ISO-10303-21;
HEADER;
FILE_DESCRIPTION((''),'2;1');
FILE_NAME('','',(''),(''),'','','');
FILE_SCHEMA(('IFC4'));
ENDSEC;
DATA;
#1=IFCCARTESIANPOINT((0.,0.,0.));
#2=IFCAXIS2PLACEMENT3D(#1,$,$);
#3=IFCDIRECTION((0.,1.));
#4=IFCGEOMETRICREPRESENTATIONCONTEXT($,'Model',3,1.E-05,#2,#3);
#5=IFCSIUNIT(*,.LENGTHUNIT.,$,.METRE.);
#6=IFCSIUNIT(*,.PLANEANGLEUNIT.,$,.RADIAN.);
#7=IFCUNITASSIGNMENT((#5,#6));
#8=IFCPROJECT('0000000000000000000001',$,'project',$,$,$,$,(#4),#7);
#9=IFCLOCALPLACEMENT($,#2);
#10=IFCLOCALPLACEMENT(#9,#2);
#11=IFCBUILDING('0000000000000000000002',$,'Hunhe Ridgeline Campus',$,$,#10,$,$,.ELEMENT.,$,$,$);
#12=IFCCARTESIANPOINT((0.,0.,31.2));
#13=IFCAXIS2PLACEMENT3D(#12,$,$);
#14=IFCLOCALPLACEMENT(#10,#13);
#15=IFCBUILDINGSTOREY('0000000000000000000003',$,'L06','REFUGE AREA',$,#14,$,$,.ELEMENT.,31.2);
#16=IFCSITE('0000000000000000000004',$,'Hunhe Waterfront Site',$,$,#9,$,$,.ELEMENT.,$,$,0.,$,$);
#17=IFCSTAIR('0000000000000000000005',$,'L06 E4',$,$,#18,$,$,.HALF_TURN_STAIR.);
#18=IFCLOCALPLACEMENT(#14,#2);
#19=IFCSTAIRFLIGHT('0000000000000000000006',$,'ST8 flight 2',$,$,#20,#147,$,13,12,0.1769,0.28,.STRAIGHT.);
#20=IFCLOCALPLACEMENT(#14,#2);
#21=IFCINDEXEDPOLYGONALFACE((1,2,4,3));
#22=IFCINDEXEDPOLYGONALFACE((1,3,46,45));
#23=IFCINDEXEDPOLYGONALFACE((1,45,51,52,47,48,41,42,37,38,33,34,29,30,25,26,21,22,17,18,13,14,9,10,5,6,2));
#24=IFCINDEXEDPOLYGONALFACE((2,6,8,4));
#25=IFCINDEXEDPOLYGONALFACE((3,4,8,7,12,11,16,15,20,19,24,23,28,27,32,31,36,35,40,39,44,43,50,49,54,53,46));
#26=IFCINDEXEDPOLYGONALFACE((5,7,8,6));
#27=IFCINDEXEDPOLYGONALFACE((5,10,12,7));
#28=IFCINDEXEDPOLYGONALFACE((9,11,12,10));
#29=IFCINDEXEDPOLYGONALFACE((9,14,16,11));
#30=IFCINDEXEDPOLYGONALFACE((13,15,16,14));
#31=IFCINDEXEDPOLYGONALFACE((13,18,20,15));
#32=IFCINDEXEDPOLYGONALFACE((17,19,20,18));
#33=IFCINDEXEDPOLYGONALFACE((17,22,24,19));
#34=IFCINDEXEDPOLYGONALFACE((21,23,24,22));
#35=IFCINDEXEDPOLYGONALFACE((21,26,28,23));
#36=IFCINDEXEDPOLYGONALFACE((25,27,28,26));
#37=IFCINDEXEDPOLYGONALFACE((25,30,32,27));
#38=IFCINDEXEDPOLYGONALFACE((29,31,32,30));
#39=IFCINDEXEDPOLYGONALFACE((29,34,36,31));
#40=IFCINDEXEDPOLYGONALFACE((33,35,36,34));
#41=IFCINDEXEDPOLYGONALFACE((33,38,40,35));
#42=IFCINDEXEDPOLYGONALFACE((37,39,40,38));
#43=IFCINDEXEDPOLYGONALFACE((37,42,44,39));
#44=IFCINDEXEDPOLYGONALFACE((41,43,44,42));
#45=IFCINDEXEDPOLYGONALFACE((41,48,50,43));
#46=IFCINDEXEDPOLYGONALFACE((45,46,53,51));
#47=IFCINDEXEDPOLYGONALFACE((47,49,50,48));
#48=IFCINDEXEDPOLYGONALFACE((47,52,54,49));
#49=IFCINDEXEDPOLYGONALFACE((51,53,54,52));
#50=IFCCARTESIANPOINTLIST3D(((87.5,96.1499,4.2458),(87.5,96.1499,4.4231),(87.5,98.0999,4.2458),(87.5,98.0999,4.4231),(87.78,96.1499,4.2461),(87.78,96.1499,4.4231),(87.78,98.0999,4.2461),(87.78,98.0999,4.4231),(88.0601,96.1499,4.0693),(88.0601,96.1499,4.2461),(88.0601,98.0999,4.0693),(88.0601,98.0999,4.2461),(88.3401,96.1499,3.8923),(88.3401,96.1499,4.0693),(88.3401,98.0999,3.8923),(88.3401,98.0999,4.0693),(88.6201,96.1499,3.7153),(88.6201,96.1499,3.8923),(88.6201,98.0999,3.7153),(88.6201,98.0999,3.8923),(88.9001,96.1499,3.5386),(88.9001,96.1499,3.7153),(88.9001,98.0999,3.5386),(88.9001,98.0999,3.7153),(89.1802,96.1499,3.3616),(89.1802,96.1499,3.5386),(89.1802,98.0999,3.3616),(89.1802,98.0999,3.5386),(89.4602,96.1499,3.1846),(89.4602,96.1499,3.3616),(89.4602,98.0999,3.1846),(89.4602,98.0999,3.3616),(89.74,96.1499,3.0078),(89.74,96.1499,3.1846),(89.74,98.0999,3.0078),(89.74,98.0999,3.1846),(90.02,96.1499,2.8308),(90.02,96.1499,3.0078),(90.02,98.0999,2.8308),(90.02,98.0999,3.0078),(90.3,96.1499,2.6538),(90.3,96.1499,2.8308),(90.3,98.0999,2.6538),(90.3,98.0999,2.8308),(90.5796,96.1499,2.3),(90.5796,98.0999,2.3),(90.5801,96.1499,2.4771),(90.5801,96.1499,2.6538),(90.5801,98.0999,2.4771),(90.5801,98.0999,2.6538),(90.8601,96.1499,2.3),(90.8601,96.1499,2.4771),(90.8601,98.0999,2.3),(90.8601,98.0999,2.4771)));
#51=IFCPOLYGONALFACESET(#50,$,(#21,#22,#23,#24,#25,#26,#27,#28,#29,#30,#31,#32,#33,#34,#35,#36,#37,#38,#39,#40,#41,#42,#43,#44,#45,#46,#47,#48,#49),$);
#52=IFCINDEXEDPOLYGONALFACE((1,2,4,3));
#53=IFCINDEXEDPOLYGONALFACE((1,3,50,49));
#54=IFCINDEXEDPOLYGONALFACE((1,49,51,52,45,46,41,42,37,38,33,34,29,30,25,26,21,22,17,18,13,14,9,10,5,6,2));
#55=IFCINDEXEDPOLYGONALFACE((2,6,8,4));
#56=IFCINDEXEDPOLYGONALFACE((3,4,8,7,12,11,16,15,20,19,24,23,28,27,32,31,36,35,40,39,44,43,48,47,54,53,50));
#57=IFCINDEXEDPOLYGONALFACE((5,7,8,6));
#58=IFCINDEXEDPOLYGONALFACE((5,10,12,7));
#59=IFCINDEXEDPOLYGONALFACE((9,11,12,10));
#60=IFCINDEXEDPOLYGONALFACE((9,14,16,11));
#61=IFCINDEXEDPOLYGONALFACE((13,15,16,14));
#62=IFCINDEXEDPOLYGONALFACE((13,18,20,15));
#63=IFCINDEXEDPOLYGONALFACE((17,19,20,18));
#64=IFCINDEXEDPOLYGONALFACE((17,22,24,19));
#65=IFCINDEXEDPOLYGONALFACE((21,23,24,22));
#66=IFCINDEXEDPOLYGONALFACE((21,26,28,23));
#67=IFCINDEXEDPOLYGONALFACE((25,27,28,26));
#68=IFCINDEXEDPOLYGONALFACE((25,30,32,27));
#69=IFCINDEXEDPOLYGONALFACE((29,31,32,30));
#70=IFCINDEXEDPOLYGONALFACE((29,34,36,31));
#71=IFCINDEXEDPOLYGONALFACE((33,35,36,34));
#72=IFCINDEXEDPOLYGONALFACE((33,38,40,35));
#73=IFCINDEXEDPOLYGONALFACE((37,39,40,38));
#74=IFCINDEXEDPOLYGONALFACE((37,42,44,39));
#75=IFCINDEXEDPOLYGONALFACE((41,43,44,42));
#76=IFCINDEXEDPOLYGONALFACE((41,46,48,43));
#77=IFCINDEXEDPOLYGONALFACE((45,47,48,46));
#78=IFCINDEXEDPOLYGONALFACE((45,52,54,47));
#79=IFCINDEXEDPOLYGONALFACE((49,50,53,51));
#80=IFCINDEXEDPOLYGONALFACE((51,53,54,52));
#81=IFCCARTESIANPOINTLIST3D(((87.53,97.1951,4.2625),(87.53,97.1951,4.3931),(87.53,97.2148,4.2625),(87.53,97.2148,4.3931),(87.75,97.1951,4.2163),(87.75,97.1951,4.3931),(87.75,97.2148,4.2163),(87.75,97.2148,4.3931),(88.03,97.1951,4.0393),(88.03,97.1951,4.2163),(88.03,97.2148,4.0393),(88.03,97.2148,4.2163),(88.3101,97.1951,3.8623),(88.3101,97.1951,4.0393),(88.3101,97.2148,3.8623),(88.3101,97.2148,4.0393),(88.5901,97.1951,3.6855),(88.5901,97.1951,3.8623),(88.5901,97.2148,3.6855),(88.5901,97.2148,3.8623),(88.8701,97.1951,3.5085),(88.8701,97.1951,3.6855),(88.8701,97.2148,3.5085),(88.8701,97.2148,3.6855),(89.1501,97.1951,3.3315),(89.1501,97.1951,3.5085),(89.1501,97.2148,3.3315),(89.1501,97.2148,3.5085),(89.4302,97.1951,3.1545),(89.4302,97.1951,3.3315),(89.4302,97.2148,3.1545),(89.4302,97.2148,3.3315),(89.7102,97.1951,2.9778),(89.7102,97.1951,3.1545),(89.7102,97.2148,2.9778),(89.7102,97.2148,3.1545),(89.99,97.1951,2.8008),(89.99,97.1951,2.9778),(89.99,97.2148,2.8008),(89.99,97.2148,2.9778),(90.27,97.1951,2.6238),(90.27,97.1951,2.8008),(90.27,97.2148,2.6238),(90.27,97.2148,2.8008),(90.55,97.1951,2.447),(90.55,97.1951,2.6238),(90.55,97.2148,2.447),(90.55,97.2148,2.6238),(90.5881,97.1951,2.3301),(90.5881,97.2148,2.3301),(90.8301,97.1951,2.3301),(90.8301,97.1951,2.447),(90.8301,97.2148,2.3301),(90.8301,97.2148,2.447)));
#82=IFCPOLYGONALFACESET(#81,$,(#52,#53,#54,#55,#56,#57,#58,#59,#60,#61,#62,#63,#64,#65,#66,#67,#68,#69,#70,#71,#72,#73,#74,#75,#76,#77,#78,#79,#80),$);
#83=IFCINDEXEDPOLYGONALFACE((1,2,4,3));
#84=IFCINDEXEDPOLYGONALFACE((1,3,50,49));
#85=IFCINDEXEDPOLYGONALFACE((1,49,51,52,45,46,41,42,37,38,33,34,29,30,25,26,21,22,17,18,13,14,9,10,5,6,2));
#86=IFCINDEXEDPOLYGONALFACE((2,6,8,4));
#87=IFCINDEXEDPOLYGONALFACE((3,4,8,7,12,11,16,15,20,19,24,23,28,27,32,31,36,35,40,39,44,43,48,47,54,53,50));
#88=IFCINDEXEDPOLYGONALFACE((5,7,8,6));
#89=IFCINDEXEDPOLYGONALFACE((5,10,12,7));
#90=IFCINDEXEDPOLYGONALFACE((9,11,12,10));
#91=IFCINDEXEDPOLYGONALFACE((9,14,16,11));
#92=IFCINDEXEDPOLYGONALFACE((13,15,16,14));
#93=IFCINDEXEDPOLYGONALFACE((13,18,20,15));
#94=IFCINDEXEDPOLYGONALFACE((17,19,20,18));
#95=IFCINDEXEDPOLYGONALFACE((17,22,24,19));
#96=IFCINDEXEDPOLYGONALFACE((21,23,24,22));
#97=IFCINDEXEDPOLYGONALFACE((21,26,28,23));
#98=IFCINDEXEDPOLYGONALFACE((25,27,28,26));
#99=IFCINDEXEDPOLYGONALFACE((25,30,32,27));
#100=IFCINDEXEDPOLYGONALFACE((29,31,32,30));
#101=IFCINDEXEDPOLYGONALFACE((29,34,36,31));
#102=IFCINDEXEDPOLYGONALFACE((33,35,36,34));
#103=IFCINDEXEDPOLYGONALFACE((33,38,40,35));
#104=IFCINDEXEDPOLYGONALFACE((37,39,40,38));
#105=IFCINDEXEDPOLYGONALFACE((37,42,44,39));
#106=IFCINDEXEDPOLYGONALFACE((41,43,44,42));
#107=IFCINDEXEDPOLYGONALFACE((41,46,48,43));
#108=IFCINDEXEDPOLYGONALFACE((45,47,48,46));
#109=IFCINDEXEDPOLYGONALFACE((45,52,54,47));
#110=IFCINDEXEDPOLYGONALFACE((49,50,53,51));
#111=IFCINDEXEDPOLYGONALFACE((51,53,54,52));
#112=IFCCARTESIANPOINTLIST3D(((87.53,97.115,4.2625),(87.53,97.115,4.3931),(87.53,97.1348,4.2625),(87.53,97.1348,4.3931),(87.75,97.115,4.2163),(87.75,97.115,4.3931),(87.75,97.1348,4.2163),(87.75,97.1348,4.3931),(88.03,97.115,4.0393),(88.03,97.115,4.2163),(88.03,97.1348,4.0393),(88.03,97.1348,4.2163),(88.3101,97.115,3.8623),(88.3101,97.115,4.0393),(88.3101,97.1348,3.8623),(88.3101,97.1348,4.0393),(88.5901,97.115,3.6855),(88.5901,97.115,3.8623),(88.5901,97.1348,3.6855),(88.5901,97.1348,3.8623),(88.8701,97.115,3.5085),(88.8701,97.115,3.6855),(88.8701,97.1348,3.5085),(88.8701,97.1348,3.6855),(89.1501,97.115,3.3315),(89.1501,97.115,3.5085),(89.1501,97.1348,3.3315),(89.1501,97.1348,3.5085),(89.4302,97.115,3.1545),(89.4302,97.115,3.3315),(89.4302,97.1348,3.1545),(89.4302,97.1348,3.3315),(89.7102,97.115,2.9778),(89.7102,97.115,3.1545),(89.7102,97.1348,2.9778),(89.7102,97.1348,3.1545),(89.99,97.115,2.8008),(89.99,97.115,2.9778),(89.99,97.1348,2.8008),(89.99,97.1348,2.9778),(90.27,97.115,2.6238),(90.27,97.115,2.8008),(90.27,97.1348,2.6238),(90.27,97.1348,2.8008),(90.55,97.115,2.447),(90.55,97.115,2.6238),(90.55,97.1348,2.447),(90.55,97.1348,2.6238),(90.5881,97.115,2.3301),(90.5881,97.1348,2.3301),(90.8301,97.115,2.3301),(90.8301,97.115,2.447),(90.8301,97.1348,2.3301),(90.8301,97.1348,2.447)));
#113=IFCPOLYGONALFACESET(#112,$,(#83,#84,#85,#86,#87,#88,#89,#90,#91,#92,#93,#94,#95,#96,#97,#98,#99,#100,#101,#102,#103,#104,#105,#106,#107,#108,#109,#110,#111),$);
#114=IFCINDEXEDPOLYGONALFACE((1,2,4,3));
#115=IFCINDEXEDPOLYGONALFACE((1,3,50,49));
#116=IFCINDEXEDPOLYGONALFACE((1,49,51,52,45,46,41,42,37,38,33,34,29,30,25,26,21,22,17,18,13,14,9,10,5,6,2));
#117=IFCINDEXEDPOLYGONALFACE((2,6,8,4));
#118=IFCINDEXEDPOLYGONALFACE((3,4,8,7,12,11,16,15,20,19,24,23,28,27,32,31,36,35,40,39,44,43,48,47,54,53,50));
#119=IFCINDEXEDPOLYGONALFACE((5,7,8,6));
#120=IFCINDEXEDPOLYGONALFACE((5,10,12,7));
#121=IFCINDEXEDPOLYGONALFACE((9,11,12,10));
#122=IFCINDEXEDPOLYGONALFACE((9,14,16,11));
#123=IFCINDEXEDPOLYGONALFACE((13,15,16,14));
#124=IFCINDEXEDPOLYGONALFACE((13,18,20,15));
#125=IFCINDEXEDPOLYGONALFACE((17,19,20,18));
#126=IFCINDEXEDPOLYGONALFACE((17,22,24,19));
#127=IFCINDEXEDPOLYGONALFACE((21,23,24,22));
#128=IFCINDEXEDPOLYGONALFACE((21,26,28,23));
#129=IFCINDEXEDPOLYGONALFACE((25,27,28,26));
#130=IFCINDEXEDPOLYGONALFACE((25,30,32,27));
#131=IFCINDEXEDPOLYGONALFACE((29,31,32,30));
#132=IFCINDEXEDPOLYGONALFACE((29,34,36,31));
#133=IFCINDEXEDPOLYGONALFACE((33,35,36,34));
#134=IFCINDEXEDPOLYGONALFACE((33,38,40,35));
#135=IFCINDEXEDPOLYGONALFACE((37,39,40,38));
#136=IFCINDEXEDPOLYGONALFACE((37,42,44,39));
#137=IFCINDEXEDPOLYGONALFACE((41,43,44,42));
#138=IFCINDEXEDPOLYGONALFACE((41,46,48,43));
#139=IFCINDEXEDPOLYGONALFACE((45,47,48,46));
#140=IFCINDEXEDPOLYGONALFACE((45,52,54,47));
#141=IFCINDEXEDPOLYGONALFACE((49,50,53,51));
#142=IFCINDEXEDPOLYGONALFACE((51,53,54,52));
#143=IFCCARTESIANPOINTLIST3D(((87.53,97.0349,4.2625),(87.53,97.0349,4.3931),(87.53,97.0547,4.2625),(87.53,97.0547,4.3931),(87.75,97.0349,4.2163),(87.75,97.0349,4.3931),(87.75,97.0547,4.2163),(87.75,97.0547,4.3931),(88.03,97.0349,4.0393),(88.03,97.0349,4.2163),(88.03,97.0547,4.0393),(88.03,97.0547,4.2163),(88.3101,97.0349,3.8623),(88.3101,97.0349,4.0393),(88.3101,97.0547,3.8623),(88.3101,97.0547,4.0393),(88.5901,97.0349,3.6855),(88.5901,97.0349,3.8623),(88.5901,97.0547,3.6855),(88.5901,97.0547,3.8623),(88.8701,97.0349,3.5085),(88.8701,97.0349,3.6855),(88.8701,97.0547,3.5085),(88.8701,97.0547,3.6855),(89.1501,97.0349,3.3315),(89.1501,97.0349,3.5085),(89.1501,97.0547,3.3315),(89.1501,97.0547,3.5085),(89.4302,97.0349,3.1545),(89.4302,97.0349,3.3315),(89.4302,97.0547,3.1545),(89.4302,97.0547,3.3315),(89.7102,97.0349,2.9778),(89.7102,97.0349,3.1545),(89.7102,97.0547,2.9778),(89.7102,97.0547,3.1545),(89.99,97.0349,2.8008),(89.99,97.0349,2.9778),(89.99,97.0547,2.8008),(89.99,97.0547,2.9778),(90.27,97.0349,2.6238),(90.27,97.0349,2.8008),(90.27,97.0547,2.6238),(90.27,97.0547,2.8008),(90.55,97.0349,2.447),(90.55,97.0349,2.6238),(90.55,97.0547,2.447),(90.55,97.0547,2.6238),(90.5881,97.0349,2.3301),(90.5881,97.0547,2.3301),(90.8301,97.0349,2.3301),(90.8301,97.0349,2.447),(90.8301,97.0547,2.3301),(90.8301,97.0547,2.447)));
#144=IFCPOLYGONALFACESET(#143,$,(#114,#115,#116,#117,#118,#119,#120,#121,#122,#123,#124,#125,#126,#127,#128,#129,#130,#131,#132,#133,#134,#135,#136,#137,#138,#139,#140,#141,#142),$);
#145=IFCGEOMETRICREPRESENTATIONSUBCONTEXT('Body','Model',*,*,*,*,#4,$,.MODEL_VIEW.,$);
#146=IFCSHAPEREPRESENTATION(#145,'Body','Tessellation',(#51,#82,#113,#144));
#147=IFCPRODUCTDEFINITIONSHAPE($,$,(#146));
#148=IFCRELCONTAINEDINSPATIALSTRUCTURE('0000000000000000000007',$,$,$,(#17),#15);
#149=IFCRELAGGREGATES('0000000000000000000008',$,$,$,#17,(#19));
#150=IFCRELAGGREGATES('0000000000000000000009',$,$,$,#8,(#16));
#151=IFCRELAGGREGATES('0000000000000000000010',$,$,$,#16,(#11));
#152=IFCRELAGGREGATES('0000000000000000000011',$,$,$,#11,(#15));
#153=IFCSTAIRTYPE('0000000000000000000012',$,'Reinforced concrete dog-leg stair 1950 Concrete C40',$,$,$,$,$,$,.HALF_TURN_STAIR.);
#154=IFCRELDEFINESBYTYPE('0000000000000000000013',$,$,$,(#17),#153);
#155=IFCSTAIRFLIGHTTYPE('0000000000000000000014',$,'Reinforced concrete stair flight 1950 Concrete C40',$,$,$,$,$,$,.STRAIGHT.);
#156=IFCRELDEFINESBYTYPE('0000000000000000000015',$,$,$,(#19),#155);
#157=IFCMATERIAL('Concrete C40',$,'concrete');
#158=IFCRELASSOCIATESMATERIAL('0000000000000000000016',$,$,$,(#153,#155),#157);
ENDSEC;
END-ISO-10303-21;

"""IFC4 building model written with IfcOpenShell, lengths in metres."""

from ifc_helpers import new_model, si_unit, direction, frame, origin, place, context, subcontext, project, spatial, polyline, outline, extrude, material, type_object, element, aggregate, save


model = new_model("IFC4")

# Units and contexts
model_context = context("Model", 3, precision=1e-05, world=origin(), true_north=direction((0.0, 1.0)))
body_context = subcontext(model_context, "Body", "Model", "MODEL_VIEW")
ifc_project = project(units=[si_unit("LENGTHUNIT", "METRE"), si_unit("PLANEANGLEUNIT", "RADIAN")], contexts=[model_context])

# Site, building, storey
site_placement = place(None, origin())
site = spatial("IfcSite", under=ifc_project, at=site_placement, Name="Hunhe Waterfront Site", CompositionType="ELEMENT", RefElevation=0.0)
building_placement = place(site_placement, origin())
building = spatial("IfcBuilding", under=site, at=building_placement, Name="Hunhe Ridgeline Campus", CompositionType="ELEMENT")
storey_placement = place(building_placement, frame((0.0, 0.0, 31.2)))
storey = spatial("IfcBuildingStorey", under=building, at=storey_placement, Name="L06", Description="REFUGE AREA", CompositionType="ELEMENT", Elevation=31.2)

# Stair, stair flight
ifc_material_1 = material(Name="Concrete C40", Category="concrete")
stair_type = type_object("IfcStairType", Name="Reinforced concrete dog-leg stair 1950 Concrete C40", PredefinedType="HALF_TURN_STAIR", material=ifc_material_1)
stair_placement = place(storey_placement, origin())
stair = element("IfcStair", 1, at=stair_placement, inside=storey, type_object=stair_type, Name="L06 E4", PredefinedType="HALF_TURN_STAIR")
stair_flight_type = type_object("IfcStairFlightType", Name="Reinforced concrete stair flight 1950 Concrete C40", PredefinedType="STRAIGHT", material=ifc_material_1)
stair_flight_1_placement = place(storey_placement, frame((90.8601, 97.125, 2.3), z_axis=(0.0, 0.0, 1.0), x_axis=(-1.0, 0.0, 0.0)))
stair_flight_1 = element("IfcStairFlight", 2, at=stair_flight_1_placement, type_object=stair_flight_type, Name="ST8 flight 2", NumberOfRisers=13, NumberOfTreads=12, PredefinedType="STRAIGHT", RiserHeight=0.1769, TreadLength=0.28, context=body_context, shape_type="SweptSolid", body=[
    extrude(outline(polyline([(0.0, 0.0), (0.0, 0.177), (0.28, 0.177), (0.28, 0.3538), (0.5601, 0.3538), (0.5601, 0.5308), (0.8401, 0.5308), (0.8401, 0.7078), (1.1201, 0.7078), (1.1201, 0.8845), (1.3999, 0.8845), (1.3999, 1.0615), (1.6799, 1.0615), (1.6799, 1.2385), (1.96, 1.2385), (1.96, 1.4153), (2.24, 1.4153), (2.24, 1.5923), (2.52, 1.5923), (2.52, 1.7693), (2.8, 1.7693), (2.8, 1.946), (3.0801, 1.946), (3.0801, 2.123), (3.3601, 2.123), (3.3601, 2.3), (3.3601, 1.9458), (0.2805, 0.0), (0.0, 0.0)])), frame((0.0, 0.9751, 0.0), z_axis=(0.0, -1.0, 0.0), x_axis=(1.0, 0.0, 0.0)), (0.0, 0.0, 1.0), 1.95),
    extrude(outline(polyline([(0.03, 0.03), (0.03, 0.147), (0.3101, 0.147), (0.3101, 0.3237), (0.5901, 0.3237), (0.5901, 0.5007), (0.8701, 0.5007), (0.8701, 0.6777), (1.1499, 0.6777), (1.1499, 0.8545), (1.4299, 0.8545), (1.4299, 1.0315), (1.71, 1.0315), (1.71, 1.2085), (1.99, 1.2085), (1.99, 1.3855), (2.27, 1.3855), (2.27, 1.5623), (2.55, 1.5623), (2.55, 1.7393), (2.8301, 1.7393), (2.8301, 1.9163), (3.1101, 1.9163), (3.1101, 2.093), (3.3301, 2.093), (3.3301, 1.9624), (0.272, 0.03), (0.03, 0.03)])), frame((0.0, -0.0701, 0.0), z_axis=(0.0, -1.0, 0.0), x_axis=(1.0, 0.0, 0.0)), (0.0, 0.0, 1.0), 0.0198),
    extrude(outline(polyline([(0.03, 0.03), (0.03, 0.147), (0.3101, 0.147), (0.3101, 0.3237), (0.5901, 0.3237), (0.5901, 0.5007), (0.8701, 0.5007), (0.8701, 0.6777), (1.1499, 0.6777), (1.1499, 0.8545), (1.4299, 0.8545), (1.4299, 1.0315), (1.71, 1.0315), (1.71, 1.2085), (1.99, 1.2085), (1.99, 1.3855), (2.27, 1.3855), (2.27, 1.5623), (2.55, 1.5623), (2.55, 1.7393), (2.8301, 1.7393), (2.8301, 1.9163), (3.1101, 1.9163), (3.1101, 2.093), (3.3301, 2.093), (3.3301, 1.9624), (0.272, 0.03), (0.03, 0.03)])), frame((0.0, 0.01, 0.0), z_axis=(0.0, -1.0, 0.0), x_axis=(1.0, 0.0, 0.0)), (0.0, 0.0, 1.0), 0.0198),
    extrude(outline(polyline([(0.03, 0.03), (0.03, 0.147), (0.3101, 0.147), (0.3101, 0.3237), (0.5901, 0.3237), (0.5901, 0.5007), (0.8701, 0.5007), (0.8701, 0.6777), (1.1499, 0.6777), (1.1499, 0.8545), (1.4299, 0.8545), (1.4299, 1.0315), (1.71, 1.0315), (1.71, 1.2085), (1.99, 1.2085), (1.99, 1.3855), (2.27, 1.3855), (2.27, 1.5623), (2.55, 1.5623), (2.55, 1.7393), (2.8301, 1.7393), (2.8301, 1.9163), (3.1101, 1.9163), (3.1101, 2.093), (3.3301, 2.093), (3.3301, 1.9624), (0.272, 0.03), (0.03, 0.03)])), frame((0.0, 0.0901, 0.0), z_axis=(0.0, -1.0, 0.0), x_axis=(1.0, 0.0, 0.0)), (0.0, 0.0, 1.0), 0.0198),
])
aggregate(stair, [stair_flight_1])

save(model, "model.ifc")
